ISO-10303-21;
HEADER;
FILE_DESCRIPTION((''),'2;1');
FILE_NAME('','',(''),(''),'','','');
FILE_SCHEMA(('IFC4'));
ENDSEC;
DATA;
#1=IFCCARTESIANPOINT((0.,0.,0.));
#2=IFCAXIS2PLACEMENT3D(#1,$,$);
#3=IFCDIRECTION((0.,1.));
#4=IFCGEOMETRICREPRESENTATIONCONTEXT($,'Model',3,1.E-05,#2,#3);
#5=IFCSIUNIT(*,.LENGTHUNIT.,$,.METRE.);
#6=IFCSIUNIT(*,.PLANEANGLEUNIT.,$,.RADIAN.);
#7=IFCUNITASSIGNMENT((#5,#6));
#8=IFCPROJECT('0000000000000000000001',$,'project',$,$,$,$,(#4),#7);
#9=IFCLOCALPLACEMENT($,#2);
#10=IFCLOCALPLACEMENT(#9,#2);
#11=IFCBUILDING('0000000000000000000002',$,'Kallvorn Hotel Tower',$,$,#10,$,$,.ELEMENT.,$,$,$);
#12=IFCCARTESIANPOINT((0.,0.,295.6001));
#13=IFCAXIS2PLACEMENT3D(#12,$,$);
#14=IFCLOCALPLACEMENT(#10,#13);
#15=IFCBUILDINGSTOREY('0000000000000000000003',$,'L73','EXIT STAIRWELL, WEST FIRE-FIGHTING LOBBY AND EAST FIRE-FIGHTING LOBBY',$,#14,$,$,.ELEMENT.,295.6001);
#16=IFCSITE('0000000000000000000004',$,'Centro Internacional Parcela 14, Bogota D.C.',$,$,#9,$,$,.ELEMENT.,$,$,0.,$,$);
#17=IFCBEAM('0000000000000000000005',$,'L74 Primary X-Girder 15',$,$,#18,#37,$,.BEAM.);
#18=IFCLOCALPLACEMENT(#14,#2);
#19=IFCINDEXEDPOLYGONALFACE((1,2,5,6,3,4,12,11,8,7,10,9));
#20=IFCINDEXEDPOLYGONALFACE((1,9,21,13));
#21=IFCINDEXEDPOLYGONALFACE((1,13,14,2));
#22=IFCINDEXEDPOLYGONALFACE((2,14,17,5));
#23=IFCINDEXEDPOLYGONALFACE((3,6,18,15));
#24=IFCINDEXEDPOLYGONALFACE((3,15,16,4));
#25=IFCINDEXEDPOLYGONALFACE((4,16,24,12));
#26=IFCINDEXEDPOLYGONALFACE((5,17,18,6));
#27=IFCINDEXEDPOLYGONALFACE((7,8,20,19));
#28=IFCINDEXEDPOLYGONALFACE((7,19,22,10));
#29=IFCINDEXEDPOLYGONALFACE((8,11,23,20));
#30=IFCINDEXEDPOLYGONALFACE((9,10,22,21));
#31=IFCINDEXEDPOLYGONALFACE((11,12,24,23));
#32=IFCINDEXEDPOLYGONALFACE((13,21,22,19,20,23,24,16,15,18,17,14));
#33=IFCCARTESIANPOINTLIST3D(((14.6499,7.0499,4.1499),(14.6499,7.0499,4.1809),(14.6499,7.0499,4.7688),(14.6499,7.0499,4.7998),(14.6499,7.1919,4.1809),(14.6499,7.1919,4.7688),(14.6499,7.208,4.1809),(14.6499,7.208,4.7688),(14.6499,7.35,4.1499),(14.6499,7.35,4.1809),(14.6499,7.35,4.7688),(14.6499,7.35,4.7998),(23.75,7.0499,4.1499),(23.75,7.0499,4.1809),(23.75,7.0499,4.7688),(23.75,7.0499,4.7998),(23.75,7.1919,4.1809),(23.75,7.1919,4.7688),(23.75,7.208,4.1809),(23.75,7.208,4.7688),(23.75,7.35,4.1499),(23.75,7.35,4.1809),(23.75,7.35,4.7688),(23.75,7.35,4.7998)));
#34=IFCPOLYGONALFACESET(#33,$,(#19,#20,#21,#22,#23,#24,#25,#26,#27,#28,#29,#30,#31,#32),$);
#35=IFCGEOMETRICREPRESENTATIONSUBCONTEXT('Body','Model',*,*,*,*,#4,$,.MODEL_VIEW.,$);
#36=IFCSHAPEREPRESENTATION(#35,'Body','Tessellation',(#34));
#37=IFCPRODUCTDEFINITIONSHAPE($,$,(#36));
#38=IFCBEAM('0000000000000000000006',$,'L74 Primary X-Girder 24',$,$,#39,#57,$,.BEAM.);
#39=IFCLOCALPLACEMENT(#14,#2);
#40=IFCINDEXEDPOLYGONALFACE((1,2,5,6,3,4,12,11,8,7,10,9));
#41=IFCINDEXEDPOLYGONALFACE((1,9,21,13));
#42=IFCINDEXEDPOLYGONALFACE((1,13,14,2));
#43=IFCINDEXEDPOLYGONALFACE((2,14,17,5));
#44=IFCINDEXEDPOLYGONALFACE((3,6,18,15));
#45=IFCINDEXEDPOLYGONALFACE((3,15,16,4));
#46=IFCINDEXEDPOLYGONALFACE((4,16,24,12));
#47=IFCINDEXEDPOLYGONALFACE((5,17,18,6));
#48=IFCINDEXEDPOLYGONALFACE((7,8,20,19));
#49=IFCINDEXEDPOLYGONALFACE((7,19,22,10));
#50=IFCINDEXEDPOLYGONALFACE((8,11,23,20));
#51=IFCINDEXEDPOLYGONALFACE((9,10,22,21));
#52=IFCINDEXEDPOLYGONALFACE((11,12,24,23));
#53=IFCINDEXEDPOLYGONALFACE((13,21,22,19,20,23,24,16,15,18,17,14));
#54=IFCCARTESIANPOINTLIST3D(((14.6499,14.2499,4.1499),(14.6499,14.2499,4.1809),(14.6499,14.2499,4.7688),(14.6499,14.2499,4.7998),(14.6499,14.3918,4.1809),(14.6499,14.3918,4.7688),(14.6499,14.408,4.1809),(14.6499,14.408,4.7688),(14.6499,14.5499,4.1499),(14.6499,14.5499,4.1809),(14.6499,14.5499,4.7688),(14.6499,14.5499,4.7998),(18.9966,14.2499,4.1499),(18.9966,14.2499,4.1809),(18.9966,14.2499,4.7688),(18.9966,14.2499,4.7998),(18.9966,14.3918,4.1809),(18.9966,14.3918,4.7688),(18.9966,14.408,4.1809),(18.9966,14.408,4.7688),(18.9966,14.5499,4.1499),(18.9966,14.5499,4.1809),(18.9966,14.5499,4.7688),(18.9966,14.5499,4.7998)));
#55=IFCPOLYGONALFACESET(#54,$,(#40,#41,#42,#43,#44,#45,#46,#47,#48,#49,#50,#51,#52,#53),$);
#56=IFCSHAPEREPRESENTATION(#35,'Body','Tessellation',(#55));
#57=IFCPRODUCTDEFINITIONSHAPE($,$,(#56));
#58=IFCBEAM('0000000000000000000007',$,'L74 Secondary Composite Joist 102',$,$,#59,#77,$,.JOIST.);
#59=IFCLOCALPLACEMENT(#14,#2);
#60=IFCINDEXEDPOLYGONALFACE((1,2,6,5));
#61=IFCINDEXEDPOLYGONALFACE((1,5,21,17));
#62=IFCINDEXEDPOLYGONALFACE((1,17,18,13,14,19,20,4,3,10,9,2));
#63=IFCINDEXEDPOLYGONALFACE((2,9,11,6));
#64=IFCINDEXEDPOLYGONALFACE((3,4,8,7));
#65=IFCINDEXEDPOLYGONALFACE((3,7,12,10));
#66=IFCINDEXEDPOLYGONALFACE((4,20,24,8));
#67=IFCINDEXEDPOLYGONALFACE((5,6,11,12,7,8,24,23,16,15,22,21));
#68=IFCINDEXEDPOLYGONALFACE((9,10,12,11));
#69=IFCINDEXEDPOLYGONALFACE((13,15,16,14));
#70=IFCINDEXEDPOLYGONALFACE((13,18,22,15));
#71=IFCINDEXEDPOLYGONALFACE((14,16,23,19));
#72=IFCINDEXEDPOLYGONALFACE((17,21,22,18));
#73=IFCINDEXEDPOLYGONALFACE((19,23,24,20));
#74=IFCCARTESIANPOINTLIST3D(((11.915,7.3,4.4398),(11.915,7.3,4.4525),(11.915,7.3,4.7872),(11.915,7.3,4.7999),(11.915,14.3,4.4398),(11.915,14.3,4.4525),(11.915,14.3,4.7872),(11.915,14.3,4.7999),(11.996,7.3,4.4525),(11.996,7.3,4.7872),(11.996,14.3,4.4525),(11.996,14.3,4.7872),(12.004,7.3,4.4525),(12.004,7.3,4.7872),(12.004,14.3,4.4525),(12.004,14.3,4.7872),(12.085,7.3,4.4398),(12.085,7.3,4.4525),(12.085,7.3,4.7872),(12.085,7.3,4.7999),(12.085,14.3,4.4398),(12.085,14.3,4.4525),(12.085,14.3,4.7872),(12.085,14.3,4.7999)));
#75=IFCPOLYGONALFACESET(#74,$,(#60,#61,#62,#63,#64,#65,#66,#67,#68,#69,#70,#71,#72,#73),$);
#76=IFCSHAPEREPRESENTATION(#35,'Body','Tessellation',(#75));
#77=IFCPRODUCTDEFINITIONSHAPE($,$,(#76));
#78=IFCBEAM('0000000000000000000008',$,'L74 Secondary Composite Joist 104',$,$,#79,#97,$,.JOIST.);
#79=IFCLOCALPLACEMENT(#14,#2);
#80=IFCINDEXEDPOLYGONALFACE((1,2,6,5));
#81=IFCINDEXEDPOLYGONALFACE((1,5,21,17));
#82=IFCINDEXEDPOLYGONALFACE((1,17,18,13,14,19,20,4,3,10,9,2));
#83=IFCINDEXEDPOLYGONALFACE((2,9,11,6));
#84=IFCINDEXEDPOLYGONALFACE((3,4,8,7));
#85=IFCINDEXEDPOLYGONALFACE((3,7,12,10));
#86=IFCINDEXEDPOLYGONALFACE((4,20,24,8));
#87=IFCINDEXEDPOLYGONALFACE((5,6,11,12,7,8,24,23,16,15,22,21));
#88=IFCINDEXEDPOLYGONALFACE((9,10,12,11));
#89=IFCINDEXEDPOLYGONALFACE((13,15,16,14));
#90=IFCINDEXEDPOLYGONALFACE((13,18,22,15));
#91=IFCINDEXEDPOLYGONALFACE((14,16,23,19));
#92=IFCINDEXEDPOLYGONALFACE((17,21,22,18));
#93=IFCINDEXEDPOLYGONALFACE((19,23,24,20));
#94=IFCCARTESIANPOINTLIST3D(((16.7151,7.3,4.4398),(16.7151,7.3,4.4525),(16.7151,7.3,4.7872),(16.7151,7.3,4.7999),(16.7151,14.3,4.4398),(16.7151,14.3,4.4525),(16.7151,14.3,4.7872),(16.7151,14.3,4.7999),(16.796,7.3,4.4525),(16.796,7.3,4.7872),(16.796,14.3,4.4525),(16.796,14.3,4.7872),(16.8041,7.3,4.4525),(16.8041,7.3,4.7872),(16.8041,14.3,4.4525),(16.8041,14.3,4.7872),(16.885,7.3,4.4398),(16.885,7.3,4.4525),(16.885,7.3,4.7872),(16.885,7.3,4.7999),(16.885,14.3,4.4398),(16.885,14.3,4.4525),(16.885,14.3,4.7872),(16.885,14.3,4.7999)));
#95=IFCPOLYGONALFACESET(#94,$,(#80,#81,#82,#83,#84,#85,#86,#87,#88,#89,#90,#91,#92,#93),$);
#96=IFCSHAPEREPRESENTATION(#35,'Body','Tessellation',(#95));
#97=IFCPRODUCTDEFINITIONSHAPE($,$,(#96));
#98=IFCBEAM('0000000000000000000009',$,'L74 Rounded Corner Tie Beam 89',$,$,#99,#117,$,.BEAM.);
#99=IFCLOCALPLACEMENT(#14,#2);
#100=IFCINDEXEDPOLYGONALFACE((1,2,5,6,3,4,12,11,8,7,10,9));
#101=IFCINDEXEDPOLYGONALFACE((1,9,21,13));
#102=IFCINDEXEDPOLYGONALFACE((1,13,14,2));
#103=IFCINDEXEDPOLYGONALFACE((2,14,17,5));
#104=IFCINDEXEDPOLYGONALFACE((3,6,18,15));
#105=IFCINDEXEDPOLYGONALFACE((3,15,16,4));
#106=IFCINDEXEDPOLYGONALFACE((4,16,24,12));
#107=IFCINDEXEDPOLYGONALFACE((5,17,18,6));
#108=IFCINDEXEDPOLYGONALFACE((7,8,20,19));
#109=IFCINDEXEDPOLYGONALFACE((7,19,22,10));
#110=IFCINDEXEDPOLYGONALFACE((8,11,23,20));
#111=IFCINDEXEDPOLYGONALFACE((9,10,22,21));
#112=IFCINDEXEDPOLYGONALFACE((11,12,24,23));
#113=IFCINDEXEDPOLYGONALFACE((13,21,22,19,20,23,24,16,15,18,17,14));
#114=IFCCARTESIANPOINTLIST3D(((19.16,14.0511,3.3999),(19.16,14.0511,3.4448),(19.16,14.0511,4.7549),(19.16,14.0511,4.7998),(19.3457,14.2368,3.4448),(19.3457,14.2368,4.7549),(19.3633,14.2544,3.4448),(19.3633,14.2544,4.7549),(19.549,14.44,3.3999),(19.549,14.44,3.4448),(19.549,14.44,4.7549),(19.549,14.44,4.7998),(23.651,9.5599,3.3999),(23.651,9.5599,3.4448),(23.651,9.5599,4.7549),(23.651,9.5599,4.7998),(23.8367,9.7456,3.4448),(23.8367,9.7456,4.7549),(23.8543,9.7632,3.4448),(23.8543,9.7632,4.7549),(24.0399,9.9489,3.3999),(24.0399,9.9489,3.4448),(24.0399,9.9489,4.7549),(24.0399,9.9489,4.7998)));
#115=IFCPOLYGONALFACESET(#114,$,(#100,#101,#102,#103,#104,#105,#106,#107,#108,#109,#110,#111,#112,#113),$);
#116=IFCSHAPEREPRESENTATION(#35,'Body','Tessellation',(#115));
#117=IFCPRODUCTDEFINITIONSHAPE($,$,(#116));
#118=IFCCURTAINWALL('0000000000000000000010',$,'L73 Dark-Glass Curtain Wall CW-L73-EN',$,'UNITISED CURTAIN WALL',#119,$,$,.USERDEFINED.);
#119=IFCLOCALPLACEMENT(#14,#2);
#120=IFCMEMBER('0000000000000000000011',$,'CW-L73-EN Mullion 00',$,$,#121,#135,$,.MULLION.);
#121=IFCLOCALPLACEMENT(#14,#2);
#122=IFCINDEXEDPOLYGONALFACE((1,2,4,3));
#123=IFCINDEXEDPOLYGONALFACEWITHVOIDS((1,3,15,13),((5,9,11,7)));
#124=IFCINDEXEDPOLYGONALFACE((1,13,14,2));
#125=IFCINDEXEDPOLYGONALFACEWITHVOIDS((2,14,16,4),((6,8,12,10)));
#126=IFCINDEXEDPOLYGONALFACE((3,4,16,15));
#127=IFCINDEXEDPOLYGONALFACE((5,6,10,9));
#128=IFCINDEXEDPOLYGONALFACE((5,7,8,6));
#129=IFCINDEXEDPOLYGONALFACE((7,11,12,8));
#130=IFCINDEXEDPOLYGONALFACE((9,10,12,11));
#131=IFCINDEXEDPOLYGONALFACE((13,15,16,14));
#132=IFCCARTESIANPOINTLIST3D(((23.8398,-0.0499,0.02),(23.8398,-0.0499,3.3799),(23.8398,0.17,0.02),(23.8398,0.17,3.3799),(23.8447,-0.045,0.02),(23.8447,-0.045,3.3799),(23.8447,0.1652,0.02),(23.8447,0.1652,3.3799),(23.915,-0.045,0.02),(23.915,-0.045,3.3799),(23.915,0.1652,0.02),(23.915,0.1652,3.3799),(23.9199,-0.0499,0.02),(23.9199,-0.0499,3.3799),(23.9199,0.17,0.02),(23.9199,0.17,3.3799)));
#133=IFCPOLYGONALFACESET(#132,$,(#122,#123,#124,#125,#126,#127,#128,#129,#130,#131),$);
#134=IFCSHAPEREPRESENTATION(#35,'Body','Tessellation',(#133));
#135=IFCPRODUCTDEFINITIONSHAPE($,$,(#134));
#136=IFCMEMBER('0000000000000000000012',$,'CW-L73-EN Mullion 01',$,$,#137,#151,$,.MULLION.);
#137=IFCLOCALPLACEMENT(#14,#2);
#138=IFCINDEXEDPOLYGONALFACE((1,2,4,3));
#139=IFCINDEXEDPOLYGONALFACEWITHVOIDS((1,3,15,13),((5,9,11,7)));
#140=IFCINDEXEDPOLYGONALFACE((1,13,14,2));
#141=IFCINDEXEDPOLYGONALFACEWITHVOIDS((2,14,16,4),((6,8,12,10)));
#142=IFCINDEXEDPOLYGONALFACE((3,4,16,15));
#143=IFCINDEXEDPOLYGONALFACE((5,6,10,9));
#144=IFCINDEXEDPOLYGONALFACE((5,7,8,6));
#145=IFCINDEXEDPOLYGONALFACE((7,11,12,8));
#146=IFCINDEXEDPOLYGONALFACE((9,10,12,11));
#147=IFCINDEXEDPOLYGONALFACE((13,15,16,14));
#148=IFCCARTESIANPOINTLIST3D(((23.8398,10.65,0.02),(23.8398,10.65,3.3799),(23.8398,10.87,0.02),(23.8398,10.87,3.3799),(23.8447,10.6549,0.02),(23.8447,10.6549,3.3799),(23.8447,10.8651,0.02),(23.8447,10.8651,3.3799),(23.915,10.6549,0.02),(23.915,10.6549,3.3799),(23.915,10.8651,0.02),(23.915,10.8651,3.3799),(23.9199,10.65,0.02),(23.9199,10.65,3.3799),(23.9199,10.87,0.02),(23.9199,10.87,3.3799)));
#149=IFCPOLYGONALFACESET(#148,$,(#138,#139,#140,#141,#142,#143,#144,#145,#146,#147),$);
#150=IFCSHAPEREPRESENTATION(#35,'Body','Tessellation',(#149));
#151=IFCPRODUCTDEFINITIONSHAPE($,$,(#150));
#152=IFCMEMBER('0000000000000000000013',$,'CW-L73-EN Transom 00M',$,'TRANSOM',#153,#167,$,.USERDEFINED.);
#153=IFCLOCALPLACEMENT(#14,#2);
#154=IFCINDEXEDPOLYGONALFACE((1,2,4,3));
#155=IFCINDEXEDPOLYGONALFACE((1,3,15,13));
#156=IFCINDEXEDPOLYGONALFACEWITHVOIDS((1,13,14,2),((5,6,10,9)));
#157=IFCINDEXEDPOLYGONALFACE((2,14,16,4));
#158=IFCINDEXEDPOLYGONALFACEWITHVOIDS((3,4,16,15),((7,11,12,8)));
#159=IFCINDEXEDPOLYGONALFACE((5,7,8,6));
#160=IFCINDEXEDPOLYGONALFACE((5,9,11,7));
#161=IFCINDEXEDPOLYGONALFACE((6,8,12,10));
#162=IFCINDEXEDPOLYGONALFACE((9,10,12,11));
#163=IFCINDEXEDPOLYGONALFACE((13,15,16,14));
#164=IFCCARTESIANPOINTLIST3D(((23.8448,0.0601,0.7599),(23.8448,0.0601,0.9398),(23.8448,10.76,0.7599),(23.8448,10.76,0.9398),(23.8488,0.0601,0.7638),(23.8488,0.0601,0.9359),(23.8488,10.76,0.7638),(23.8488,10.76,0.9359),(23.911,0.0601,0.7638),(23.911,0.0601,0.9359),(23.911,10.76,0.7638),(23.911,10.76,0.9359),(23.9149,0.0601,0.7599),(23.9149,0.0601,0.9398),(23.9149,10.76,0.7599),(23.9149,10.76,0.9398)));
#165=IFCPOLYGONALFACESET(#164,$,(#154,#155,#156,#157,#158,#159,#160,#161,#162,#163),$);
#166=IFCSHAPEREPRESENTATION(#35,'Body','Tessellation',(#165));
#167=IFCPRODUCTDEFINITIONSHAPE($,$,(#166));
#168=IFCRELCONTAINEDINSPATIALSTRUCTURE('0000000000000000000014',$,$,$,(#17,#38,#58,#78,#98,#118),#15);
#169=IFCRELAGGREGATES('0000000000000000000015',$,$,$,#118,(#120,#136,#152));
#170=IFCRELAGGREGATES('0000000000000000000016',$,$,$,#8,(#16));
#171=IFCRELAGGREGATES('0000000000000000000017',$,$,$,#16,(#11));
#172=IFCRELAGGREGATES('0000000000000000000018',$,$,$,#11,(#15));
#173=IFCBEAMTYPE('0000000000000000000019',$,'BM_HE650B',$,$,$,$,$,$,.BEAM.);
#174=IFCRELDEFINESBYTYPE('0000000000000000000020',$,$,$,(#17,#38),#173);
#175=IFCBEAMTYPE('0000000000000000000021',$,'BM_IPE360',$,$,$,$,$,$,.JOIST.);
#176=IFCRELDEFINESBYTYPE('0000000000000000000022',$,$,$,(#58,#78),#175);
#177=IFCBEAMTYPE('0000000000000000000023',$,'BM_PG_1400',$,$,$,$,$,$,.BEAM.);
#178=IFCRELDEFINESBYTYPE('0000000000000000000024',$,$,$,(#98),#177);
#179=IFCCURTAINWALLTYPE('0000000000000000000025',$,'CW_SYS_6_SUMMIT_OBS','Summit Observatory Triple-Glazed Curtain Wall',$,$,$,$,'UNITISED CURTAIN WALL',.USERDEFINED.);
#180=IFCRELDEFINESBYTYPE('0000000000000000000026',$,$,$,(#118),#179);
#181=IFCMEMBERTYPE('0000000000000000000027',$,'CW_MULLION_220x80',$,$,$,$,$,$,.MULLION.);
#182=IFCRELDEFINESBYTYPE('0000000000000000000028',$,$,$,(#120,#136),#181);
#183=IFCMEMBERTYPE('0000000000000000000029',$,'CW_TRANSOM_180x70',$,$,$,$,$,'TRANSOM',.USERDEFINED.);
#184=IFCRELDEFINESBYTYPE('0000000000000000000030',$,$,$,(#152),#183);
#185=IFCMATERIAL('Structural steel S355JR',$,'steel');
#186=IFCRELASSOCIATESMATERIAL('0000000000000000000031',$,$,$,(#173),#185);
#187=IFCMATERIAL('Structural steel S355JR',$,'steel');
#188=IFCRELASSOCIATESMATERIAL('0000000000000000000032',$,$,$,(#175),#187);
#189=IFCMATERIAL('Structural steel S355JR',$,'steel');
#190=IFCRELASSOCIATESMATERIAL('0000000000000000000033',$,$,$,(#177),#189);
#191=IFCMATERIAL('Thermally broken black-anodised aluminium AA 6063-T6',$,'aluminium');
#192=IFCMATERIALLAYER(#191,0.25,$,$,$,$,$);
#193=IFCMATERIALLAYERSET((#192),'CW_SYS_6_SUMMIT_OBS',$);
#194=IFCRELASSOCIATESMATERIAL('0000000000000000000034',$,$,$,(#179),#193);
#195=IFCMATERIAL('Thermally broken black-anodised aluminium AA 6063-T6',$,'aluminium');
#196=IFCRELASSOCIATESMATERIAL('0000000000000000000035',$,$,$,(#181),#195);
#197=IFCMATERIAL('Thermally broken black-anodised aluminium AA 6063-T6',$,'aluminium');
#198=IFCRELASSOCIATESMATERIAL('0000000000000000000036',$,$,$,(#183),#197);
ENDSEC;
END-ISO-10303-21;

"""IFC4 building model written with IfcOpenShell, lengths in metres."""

from ifc_helpers import new_model, si_unit, direction, frame, origin, origin_2d, place, context, subcontext, project, spatial, hollow_rectangle, i_section, extrude, material, layer, layer_set, material_profile, profile_set, type_object, element, aggregate, save


model = new_model("IFC4")

# Units and contexts
model_context = context("Model", 3, precision=1e-05, world=origin(), true_north=direction((0.0, 1.0)))
body_context = subcontext(model_context, "Body", "Model", "MODEL_VIEW")
ifc_project = project(units=[si_unit("LENGTHUNIT", "METRE"), si_unit("PLANEANGLEUNIT", "RADIAN")], contexts=[model_context])

# Site, building, storey
site_placement = place(None, origin())
site = spatial("IfcSite", under=ifc_project, at=site_placement, Name="Centro Internacional Parcela 14, Bogota D.C.", CompositionType="ELEMENT", RefElevation=0.0)
building_placement = place(site_placement, origin())
building = spatial("IfcBuilding", under=site, at=building_placement, Name="Kallvorn Hotel Tower", CompositionType="ELEMENT")
storey_placement = place(building_placement, frame((0.0, 0.0, 295.6001)))
storey = spatial("IfcBuildingStorey", under=building, at=storey_placement, Name="L73", Description="EXIT STAIRWELL, WEST FIRE-FIGHTING LOBBY AND EAST FIRE-FIGHTING LOBBY", CompositionType="ELEMENT", Elevation=295.6001)

# Beams
ifc_material_1 = material(Name="Structural steel S355JR", Category="steel")
ifc_material_profile_1 = material_profile(ifc_material_1, i_section(OverallWidth=0.3, OverallDepth=0.6499, WebThickness=0.0161, FlangeThickness=0.031, at=origin_2d()), Name="HE 650 B")
ifc_profile_set_1 = profile_set([ifc_material_profile_1], Name="Structural steel S355JR")
beam_type_1 = type_object("IfcBeamType", Name="BM_HE650B", PredefinedType="BEAM", material=ifc_profile_set_1)
beam_1_placement = place(storey_placement, frame((14.6499, 7.2, 4.4749), z_axis=(1.0, 0.0, 0.0), x_axis=(0.0, 1.0, 0.0)))
element("IfcBeam", 1, at=beam_1_placement, inside=storey, type_object=beam_type_1, Name="L74 Primary X-Girder 15", PredefinedType="BEAM", context=body_context, shape_type="SweptSolid", body=[
    extrude(i_section(OverallWidth=0.3, OverallDepth=0.6499, WebThickness=0.0161, FlangeThickness=0.031, at=origin_2d()), origin(), (0.0, 0.0, 1.0), 9.1001),
])
beam_2_placement = place(storey_placement, frame((14.6499, 14.3999, 4.4749), z_axis=(1.0, 0.0, 0.0), x_axis=(0.0, 1.0, 0.0)))
element("IfcBeam", 2, at=beam_2_placement, inside=storey, type_object=beam_type_1, Name="L74 Primary X-Girder 24", PredefinedType="BEAM", context=body_context, shape_type="SweptSolid", body=[
    extrude(i_section(OverallWidth=0.3, OverallDepth=0.6499, WebThickness=0.0161, FlangeThickness=0.031, at=origin_2d()), origin(), (0.0, 0.0, 1.0), 4.3467),
])
ifc_material_2 = material(Name="Structural steel S355JR", Category="steel")
ifc_material_profile_2 = material_profile(ifc_material_2, i_section(OverallWidth=0.1699, OverallDepth=0.3601, WebThickness=0.0081, FlangeThickness=0.0127, at=origin_2d()), Name="IPE 360")
ifc_profile_set_2 = profile_set([ifc_material_profile_2], Name="Structural steel S355JR")
beam_type_2 = type_object("IfcBeamType", Name="BM_IPE360", PredefinedType="JOIST", material=ifc_profile_set_2)
for number, where, z_axis, x_axis, name in (
    (3, (12.0, 7.3, 4.6199), (0.0, 1.0, 0.0), (-1.0, 0.0, 0.0), "L74 Secondary Composite Joist 102"),
    (4, (16.8, 7.3, 4.6199), (0.0, 1.0, 0.0), (-1.0, 0.0, 0.0), "L74 Secondary Composite Joist 104"),
):
    element("IfcBeam", number, at=place(storey_placement, frame(where, z_axis=z_axis, x_axis=x_axis)), inside=storey, type_object=beam_type_2, Name=name, PredefinedType="JOIST", context=body_context, shape_type="SweptSolid", body=[
        extrude(i_section(OverallWidth=0.1699, OverallDepth=0.3601, WebThickness=0.0081, FlangeThickness=0.0127, at=origin_2d()), origin(), (0.0, 0.0, 1.0), 7.0),
    ])
ifc_material_3 = material(Name="Structural steel S355JR", Category="steel")
ifc_material_profile_3 = material_profile(ifc_material_3, i_section(OverallWidth=0.55, OverallDepth=1.3999, WebThickness=0.0249, FlangeThickness=0.0449, at=origin_2d()), Name="PG 1400x550x25x45")
ifc_profile_set_3 = profile_set([ifc_material_profile_3], Name="Structural steel S355JR")
beam_type_3 = type_object("IfcBeamType", Name="BM_PG_1400", PredefinedType="BEAM", material=ifc_profile_set_3)
beam_3_placement = place(storey_placement, frame((23.8455, 9.7544, 4.0999), z_axis=(-0.707088, 0.707126, 0.0), x_axis=(-0.707126, -0.707088, 0.0)))
element("IfcBeam", 5, at=beam_3_placement, inside=storey, type_object=beam_type_3, Name="L74 Rounded Corner Tie Beam 89", PredefinedType="BEAM", context=body_context, shape_type="SweptSolid", body=[
    extrude(i_section(OverallWidth=0.55, OverallDepth=1.3999, WebThickness=0.0249, FlangeThickness=0.0449, at=origin_2d()), origin(), (0.0, 0.0, 1.0), 6.3513),
])

# Curtain wall, members
ifc_material_4 = material(Name="Thermally broken black-anodised aluminium AA 6063-T6", Category="aluminium")
ifc_layer_1 = layer(ifc_material_4, 0.25)
ifc_layer_set_1 = layer_set([ifc_layer_1], Name="CW_SYS_6_SUMMIT_OBS")
curtain_wall_type = type_object("IfcCurtainWallType", Name="CW_SYS_6_SUMMIT_OBS", Description="Summit Observatory Triple-Glazed Curtain Wall", ElementType="UNITISED CURTAIN WALL", PredefinedType="USERDEFINED", material=ifc_layer_set_1)
curtain_wall_placement = place(storey_placement, origin())
curtain_wall = element("IfcCurtainWall", 6, at=curtain_wall_placement, inside=storey, type_object=curtain_wall_type, Name="L73 Dark-Glass Curtain Wall CW-L73-EN", ObjectType="UNITISED CURTAIN WALL", PredefinedType="USERDEFINED")
ifc_material_5 = material(Name="Thermally broken black-anodised aluminium AA 6063-T6", Category="aluminium")
ifc_material_profile_4 = material_profile(ifc_material_5, hollow_rectangle(XDim=0.0801, YDim=0.22, WallThickness=0.0049, at=origin_2d()), Name="MUL 220x80")
ifc_profile_set_4 = profile_set([ifc_material_profile_4], Name="Thermally broken black-anodised aluminium AA 6063-T6")
member_type_1 = type_object("IfcMemberType", Name="CW_MULLION_220x80", PredefinedType="MULLION", material=ifc_profile_set_4)
member_1_placement = place(storey_placement, frame((23.8799, 0.0601, 0.02), z_axis=(0.0, 0.0, 1.0), x_axis=(1.0, 0.0, 0.0)))
member_1 = element("IfcMember", 7, at=member_1_placement, type_object=member_type_1, Name="CW-L73-EN Mullion 00", PredefinedType="MULLION", context=body_context, shape_type="SweptSolid", body=[
    extrude(hollow_rectangle(XDim=0.0801, YDim=0.22, WallThickness=0.0049, at=origin_2d()), origin(), (0.0, 0.0, 1.0), 3.3599),
])
member_2_placement = place(storey_placement, frame((23.8799, 10.76, 0.02), z_axis=(0.0, 0.0, 1.0), x_axis=(1.0, 0.0, 0.0)))
member_2 = element("IfcMember", 8, at=member_2_placement, type_object=member_type_1, Name="CW-L73-EN Mullion 01", PredefinedType="MULLION", context=body_context, shape_type="SweptSolid", body=[
    extrude(hollow_rectangle(XDim=0.0801, YDim=0.22, WallThickness=0.0049, at=origin_2d()), origin(), (0.0, 0.0, 1.0), 3.3599),
])
ifc_material_6 = material(Name="Thermally broken black-anodised aluminium AA 6063-T6", Category="aluminium")
ifc_material_profile_5 = material_profile(ifc_material_6, hollow_rectangle(XDim=0.0701, YDim=0.1799, WallThickness=0.0039, at=origin_2d()), Name="TRN 180x70")
ifc_profile_set_5 = profile_set([ifc_material_profile_5], Name="Thermally broken black-anodised aluminium AA 6063-T6")
member_type_2 = type_object("IfcMemberType", Name="CW_TRANSOM_180x70", ElementType="TRANSOM", PredefinedType="USERDEFINED", material=ifc_profile_set_5)
member_3_placement = place(storey_placement, frame((23.8799, 0.0601, 0.8499), z_axis=(0.0, 1.0, 0.0), x_axis=(-1.0, 0.0, 0.0)))
member_3 = element("IfcMember", 9, at=member_3_placement, type_object=member_type_2, Name="CW-L73-EN Transom 00M", ObjectType="TRANSOM", PredefinedType="USERDEFINED", context=body_context, shape_type="SweptSolid", body=[
    extrude(hollow_rectangle(XDim=0.0701, YDim=0.1799, WallThickness=0.0039, at=origin_2d()), origin(), (0.0, 0.0, 1.0), 10.7),
])

aggregate(curtain_wall, [member_1, member_2, member_3])

save(model, "model.ifc")
